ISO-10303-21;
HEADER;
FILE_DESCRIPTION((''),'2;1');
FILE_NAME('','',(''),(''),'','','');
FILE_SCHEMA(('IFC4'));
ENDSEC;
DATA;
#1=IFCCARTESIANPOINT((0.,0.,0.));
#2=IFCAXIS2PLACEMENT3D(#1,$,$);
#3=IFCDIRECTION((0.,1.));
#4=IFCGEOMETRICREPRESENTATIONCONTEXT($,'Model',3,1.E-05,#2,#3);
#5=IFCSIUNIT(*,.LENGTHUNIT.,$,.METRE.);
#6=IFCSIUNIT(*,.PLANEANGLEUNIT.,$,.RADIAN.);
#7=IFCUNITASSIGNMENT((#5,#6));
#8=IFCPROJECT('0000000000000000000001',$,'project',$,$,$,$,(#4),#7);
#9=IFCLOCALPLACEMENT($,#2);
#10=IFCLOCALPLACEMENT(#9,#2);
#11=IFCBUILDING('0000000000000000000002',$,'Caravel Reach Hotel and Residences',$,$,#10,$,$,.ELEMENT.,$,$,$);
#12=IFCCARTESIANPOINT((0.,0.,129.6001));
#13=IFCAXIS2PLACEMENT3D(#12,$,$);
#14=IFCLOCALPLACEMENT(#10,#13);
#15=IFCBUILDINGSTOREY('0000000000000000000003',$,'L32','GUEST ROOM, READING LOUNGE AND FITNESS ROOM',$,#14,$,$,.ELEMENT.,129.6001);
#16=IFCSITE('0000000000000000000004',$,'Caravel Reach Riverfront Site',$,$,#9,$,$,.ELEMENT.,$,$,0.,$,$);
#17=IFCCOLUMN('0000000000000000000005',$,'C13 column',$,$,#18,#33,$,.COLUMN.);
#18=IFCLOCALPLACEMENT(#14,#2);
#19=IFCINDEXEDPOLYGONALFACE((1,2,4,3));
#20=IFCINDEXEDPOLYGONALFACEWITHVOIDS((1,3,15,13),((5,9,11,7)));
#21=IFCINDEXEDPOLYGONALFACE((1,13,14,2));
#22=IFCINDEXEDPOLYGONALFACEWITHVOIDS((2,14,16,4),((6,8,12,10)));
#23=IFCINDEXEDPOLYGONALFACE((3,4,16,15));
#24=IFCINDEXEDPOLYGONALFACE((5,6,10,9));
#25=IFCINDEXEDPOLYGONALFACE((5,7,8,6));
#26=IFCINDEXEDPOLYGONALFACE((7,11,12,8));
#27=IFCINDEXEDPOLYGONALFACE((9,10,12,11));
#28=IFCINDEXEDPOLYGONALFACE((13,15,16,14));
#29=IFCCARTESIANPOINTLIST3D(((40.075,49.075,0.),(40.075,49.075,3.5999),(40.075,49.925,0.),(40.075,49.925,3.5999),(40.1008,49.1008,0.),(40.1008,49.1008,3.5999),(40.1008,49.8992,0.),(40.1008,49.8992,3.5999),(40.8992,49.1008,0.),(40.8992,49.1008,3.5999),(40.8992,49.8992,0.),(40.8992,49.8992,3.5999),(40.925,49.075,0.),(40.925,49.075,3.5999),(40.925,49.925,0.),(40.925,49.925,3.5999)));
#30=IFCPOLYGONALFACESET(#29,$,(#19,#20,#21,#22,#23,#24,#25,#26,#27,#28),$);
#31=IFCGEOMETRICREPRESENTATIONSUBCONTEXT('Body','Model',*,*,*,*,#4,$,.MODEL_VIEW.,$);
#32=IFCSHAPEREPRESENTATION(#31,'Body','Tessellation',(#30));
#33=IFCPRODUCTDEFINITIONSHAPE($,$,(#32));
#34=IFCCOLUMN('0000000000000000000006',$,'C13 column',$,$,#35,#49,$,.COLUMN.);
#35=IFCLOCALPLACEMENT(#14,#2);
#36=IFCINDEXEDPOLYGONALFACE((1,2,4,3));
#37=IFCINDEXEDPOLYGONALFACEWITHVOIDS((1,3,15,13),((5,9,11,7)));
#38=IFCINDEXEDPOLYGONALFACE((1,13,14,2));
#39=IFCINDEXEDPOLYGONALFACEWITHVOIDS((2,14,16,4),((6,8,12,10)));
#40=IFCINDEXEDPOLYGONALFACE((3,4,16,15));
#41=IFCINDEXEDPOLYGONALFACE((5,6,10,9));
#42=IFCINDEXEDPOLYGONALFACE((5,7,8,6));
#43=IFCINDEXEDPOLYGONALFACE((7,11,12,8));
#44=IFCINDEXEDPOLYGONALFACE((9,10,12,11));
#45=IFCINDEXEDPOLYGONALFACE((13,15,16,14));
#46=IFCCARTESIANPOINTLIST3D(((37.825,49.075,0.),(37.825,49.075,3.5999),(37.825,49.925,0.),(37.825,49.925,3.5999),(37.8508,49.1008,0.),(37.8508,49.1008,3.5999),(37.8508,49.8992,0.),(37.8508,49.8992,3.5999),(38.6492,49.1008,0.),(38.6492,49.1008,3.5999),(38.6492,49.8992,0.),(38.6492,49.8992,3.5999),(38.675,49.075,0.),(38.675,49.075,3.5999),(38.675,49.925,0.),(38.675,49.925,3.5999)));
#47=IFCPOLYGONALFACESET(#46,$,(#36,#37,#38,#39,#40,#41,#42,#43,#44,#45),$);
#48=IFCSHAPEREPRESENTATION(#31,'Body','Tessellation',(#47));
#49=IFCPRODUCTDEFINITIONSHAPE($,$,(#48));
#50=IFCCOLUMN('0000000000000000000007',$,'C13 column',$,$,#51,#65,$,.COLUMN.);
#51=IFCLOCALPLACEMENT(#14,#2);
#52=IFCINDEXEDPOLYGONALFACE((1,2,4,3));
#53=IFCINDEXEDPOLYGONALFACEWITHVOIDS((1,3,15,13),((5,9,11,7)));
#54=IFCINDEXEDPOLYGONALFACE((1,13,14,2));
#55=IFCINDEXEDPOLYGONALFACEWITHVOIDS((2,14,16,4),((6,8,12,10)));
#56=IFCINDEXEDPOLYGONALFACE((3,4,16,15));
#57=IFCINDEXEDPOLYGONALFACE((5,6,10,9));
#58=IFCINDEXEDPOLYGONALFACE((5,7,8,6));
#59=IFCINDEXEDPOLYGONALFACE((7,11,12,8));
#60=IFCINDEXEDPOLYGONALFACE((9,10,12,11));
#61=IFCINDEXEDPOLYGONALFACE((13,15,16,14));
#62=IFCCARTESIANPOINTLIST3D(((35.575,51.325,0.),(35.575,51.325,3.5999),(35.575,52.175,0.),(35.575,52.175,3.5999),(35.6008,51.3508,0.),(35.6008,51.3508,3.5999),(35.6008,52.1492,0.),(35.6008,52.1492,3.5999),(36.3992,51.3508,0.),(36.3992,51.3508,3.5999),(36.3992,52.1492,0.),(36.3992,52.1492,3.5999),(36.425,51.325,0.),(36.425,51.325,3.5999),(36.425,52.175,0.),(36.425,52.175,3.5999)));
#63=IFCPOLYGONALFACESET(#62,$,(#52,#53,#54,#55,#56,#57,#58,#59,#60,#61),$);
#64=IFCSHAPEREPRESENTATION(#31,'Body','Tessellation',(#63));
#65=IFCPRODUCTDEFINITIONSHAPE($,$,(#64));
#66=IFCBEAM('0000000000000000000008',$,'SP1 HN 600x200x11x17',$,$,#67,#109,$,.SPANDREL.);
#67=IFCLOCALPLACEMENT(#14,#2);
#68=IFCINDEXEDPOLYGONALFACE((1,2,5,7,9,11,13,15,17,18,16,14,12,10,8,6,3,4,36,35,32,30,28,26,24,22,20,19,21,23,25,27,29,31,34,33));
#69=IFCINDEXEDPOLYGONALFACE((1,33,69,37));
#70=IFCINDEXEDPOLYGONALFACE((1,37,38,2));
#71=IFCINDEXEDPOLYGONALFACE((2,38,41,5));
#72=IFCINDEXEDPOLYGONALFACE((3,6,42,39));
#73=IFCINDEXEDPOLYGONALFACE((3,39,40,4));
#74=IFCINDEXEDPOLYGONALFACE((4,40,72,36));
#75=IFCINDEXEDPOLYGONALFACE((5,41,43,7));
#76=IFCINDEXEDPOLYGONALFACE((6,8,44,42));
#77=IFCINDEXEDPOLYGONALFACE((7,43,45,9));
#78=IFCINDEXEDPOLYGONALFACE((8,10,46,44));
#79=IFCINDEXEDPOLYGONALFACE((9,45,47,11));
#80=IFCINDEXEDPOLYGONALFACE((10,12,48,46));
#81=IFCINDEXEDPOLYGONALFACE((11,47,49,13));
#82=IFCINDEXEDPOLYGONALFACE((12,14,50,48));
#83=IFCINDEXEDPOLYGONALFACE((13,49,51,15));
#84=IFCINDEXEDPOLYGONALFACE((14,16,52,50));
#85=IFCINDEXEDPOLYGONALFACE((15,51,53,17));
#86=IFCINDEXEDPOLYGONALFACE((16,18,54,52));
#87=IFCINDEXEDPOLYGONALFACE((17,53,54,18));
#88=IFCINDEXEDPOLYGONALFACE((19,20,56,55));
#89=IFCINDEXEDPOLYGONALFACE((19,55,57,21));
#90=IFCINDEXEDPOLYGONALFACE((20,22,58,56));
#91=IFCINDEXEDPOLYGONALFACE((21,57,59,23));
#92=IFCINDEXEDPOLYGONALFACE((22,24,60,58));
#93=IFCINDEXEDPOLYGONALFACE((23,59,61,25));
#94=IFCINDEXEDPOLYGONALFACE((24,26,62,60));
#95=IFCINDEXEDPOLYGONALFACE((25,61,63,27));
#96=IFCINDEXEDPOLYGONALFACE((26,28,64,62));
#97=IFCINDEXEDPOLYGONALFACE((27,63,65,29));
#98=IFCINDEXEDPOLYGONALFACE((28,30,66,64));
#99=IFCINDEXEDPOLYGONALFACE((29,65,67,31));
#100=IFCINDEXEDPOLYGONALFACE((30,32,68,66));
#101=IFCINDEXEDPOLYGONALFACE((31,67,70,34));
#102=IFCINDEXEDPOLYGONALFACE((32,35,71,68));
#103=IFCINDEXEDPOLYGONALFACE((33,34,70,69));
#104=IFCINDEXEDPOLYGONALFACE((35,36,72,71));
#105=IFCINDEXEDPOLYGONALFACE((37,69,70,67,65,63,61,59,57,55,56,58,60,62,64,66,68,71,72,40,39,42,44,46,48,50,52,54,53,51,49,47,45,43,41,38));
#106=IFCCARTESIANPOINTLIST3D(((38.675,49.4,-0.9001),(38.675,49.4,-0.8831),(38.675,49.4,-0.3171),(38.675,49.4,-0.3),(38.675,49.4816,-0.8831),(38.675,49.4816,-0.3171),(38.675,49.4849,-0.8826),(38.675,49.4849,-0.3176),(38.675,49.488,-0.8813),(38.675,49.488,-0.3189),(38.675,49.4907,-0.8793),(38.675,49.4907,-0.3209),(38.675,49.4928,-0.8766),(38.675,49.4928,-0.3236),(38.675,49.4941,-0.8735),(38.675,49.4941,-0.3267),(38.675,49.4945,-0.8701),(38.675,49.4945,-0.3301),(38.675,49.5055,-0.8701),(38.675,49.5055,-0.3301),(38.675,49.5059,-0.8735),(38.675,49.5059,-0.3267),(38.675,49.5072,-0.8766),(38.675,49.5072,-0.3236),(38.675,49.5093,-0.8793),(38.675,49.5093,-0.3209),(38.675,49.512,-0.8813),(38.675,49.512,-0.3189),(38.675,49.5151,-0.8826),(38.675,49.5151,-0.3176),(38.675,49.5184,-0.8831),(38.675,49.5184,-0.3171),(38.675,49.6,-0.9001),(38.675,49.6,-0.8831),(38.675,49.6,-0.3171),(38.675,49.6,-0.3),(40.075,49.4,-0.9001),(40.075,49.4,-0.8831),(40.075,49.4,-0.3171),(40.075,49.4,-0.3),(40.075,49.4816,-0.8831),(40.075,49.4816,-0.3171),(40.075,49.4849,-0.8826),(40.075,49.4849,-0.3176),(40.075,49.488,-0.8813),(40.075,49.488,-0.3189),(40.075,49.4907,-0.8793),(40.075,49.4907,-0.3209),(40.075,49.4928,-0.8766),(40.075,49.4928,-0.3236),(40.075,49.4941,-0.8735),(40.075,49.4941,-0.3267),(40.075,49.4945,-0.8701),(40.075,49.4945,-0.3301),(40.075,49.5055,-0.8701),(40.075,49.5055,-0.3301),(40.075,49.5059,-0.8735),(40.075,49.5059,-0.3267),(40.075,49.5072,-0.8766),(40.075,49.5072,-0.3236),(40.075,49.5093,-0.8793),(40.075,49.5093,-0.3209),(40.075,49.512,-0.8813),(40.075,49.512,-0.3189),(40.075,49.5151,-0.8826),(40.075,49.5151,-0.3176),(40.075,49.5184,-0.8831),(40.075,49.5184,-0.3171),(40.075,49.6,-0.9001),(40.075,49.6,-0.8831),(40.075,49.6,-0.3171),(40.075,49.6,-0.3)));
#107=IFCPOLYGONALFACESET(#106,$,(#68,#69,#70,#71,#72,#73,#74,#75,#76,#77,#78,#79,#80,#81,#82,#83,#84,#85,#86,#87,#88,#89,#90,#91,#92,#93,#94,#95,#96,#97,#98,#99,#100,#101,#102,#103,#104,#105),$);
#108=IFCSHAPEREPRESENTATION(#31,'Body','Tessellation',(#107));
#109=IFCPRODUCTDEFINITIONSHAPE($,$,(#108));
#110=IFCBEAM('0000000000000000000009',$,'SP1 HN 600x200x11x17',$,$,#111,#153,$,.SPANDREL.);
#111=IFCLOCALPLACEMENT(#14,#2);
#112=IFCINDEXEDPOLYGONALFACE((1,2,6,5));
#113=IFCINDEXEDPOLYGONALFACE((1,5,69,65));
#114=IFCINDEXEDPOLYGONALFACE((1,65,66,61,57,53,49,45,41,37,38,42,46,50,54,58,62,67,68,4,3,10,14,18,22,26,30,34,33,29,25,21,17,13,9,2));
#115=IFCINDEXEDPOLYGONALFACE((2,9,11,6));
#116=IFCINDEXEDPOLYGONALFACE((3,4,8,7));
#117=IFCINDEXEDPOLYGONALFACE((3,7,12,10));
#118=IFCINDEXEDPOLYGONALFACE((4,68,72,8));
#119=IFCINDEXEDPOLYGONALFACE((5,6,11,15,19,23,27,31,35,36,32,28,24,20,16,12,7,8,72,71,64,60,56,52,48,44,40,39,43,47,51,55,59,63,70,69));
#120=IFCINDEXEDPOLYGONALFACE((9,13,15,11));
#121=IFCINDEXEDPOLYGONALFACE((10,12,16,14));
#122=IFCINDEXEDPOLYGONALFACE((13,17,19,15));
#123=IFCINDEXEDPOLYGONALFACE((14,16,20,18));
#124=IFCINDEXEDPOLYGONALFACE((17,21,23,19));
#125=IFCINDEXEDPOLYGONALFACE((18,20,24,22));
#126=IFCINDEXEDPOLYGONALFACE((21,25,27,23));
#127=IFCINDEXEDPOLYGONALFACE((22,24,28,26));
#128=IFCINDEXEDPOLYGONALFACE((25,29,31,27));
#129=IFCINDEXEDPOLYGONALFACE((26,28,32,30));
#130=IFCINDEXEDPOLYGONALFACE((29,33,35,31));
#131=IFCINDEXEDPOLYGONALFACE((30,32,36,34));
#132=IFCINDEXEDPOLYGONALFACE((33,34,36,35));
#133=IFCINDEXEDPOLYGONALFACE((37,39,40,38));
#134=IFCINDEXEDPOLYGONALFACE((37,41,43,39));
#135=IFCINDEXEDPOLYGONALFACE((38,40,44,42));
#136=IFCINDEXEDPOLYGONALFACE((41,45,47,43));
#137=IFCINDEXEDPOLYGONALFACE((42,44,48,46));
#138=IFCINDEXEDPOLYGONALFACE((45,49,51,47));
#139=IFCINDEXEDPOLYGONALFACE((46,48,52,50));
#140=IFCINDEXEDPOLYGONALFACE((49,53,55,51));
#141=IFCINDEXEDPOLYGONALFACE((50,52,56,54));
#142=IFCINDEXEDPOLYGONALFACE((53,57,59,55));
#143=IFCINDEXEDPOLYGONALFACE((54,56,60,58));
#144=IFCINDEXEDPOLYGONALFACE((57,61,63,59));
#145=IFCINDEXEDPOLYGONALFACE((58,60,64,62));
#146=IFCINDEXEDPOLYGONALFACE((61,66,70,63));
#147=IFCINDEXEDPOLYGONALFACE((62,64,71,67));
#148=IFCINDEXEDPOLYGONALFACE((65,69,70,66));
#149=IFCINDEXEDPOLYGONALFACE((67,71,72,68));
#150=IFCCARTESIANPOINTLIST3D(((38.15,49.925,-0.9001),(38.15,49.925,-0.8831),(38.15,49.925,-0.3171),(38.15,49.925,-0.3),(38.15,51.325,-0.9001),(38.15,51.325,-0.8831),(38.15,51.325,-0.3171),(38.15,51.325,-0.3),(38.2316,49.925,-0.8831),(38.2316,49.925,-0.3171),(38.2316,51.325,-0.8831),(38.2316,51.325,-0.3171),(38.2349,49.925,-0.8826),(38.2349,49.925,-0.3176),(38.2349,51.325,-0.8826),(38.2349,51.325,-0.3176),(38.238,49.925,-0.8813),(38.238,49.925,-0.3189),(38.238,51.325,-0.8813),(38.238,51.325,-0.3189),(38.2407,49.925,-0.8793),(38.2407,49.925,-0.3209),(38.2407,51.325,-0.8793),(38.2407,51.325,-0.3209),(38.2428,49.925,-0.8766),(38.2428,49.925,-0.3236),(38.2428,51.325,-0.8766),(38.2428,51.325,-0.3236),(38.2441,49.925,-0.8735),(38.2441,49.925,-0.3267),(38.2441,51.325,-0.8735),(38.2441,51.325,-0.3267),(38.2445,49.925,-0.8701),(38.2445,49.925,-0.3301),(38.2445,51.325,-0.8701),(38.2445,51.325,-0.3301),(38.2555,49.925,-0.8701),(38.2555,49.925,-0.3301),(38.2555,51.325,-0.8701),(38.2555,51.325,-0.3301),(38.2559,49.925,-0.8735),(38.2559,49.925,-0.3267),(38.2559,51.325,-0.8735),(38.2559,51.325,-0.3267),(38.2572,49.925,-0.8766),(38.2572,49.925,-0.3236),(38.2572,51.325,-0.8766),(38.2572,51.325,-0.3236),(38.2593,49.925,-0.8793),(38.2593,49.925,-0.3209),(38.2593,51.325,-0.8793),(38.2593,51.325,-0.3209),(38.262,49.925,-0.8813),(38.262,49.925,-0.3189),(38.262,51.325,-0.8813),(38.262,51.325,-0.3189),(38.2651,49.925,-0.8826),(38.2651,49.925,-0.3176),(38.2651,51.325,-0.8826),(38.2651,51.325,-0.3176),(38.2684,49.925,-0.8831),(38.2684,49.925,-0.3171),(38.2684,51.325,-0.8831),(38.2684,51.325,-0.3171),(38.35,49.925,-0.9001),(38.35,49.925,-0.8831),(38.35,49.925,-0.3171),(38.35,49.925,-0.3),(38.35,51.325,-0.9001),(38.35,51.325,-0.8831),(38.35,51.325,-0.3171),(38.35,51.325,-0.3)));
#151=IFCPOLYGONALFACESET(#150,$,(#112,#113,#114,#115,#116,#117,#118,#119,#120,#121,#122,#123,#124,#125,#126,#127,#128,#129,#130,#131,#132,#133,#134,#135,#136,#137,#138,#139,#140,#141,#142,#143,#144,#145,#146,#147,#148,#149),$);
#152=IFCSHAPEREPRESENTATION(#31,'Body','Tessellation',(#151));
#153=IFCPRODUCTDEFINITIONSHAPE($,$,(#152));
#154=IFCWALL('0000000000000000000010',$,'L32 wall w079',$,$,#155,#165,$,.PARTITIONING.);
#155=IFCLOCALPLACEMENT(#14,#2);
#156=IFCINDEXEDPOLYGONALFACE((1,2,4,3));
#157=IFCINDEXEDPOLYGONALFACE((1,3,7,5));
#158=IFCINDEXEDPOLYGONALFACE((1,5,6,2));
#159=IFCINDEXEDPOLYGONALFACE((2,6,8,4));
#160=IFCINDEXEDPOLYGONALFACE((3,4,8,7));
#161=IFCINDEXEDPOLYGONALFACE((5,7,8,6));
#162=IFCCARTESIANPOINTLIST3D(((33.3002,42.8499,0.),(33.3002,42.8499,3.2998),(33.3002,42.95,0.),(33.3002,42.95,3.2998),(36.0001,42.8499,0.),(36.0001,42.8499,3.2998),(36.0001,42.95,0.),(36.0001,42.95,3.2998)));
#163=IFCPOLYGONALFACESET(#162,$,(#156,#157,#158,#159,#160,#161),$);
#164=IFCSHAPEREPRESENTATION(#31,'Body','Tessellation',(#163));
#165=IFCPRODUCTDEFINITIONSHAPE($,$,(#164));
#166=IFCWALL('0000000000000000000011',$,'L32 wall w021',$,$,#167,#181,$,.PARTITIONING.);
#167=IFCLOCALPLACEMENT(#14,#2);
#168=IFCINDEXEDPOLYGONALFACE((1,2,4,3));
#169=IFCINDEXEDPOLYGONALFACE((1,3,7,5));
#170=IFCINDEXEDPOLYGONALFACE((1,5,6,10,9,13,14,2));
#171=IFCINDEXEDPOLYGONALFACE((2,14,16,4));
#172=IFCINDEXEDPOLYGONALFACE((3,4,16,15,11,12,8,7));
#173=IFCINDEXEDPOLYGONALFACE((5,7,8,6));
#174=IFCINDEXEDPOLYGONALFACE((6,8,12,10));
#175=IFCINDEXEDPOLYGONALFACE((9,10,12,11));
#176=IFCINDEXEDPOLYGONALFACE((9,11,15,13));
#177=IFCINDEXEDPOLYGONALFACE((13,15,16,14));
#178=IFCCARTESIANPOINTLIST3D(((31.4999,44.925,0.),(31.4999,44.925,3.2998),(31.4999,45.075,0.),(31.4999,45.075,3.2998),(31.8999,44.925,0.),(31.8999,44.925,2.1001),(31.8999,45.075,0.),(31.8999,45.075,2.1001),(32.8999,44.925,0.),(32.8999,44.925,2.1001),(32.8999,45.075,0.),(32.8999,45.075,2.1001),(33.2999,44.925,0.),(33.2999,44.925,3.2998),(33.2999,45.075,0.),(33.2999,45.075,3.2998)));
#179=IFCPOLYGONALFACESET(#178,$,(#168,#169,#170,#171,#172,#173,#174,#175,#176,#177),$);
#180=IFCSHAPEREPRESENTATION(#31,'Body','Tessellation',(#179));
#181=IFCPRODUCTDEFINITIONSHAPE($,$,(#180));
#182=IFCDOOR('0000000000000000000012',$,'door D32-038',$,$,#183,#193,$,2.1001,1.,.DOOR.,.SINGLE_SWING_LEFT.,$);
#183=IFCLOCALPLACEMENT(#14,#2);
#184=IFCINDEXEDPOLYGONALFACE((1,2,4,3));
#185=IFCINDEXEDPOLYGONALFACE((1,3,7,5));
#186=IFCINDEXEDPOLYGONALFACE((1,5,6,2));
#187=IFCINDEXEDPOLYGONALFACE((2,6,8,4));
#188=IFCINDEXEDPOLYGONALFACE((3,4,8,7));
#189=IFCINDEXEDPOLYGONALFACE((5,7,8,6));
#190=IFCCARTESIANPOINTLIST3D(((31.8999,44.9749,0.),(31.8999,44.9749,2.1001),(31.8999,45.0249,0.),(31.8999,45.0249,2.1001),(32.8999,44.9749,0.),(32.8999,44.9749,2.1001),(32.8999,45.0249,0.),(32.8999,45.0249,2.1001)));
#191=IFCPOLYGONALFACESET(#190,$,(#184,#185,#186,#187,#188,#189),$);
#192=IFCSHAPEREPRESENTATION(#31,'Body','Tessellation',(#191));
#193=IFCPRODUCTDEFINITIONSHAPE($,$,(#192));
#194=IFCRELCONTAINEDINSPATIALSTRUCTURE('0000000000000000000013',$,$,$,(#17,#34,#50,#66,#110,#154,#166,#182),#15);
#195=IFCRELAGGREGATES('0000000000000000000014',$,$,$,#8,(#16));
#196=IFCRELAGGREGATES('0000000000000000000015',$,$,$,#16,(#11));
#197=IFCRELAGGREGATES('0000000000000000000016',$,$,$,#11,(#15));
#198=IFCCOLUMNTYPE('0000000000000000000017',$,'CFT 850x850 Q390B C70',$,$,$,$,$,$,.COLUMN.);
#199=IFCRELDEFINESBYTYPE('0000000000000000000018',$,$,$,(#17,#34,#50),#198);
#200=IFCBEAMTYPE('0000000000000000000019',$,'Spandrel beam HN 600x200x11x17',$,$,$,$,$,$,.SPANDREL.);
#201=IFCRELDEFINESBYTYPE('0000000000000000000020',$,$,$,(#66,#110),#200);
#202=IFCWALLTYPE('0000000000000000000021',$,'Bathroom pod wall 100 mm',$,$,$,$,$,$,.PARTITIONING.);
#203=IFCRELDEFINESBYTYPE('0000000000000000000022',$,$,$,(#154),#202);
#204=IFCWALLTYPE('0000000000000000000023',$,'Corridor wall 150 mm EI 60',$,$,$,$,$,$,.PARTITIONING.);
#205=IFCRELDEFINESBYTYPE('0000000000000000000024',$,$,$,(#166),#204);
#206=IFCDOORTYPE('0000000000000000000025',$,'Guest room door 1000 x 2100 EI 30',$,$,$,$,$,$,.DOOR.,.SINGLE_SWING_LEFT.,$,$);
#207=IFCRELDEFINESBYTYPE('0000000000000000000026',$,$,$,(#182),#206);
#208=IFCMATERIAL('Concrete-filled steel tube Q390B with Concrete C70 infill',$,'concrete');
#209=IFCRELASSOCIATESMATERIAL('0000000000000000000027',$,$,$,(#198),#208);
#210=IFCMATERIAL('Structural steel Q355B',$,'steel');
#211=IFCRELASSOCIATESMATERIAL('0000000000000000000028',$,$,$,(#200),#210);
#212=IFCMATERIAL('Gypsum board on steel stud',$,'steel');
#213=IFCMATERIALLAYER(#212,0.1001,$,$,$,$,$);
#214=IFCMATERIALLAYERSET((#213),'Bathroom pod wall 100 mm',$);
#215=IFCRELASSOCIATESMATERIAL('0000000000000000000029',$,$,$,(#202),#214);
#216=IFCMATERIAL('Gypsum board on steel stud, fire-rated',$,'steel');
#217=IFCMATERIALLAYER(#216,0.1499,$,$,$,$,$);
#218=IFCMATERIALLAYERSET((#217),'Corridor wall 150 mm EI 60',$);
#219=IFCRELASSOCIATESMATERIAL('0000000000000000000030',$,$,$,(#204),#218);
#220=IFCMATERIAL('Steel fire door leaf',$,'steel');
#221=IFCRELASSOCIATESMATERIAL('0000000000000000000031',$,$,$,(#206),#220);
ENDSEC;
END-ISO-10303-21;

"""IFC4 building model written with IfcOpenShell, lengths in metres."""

from ifc_helpers import new_model, si_unit, direction, frame, frame_2d, origin, origin_2d, place, context, subcontext, project, spatial, rectangle, hollow_rectangle, i_section, extrude, material, layer, layer_set, material_profile, profile_set, type_object, element, fill, save


model = new_model("IFC4")

# Units and contexts
model_context = context("Model", 3, precision=1e-05, world=origin(), true_north=direction((0.0, 1.0)))
body_context = subcontext(model_context, "Body", "Model", "MODEL_VIEW")
ifc_project = project(units=[si_unit("LENGTHUNIT", "METRE"), si_unit("PLANEANGLEUNIT", "RADIAN")], contexts=[model_context])

# Site, building, storey
site_placement = place(None, origin())
site = spatial("IfcSite", under=ifc_project, at=site_placement, Name="Caravel Reach Riverfront Site", CompositionType="ELEMENT", RefElevation=0.0)
building_placement = place(site_placement, origin())
building = spatial("IfcBuilding", under=site, at=building_placement, Name="Caravel Reach Hotel and Residences", CompositionType="ELEMENT")
storey_placement = place(building_placement, frame((0.0, 0.0, 129.6001)))
storey = spatial("IfcBuildingStorey", under=building, at=storey_placement, Name="L32", Description="GUEST ROOM, READING LOUNGE AND FITNESS ROOM", CompositionType="ELEMENT", Elevation=129.6001)

# Columns
ifc_material_1 = material(Name="Concrete-filled steel tube Q390B with Concrete C70 infill", Category="concrete")
ifc_material_profile_1 = material_profile(ifc_material_1, hollow_rectangle(XDim=0.8501, YDim=0.8501, WallThickness=0.0259, at=origin_2d()), Name="RHS 850x850x26")
ifc_profile_set_1 = profile_set([ifc_material_profile_1], Name="Concrete-filled steel tube Q390B with Concrete C70 infill")
column_type = type_object("IfcColumnType", Name="CFT 850x850 Q390B C70", PredefinedType="COLUMN", material=ifc_profile_set_1)
for number, where, z_axis, x_axis, name in (
    (1, (40.5, 49.5, 0.0), (0.0, 0.0, 1.0), (1.0, 0.0, 0.0), "C13 column"),
    (2, (38.25, 49.5, 0.0), (0.0, 0.0, 1.0), (1.0, 0.0, 0.0), "C13 column"),
    (3, (36.0, 51.75, 0.0), (0.0, 0.0, 1.0), (1.0, 0.0, 0.0), "C13 column"),
):
    element("IfcColumn", number, at=place(storey_placement, frame(where, z_axis=z_axis, x_axis=x_axis)), inside=storey, type_object=column_type, Name=name, PredefinedType="COLUMN", context=body_context, shape_type="SweptSolid", body=[
        extrude(hollow_rectangle(XDim=0.8501, YDim=0.8501, WallThickness=0.0259, at=origin_2d()), origin(), (0.0, 0.0, 1.0), 3.5999),
    ])

# Beams
ifc_material_2 = material(Name="Structural steel Q355B", Category="steel")
ifc_material_profile_2 = material_profile(ifc_material_2, i_section(OverallWidth=0.2, OverallDepth=0.6001, WebThickness=0.011, FlangeThickness=0.0171, FilletRadius=0.0129, at=origin_2d()), Name="HN 600x200x11x17")
ifc_profile_set_2 = profile_set([ifc_material_profile_2], Name="Structural steel Q355B")
beam_type = type_object("IfcBeamType", Name="Spandrel beam HN 600x200x11x17", PredefinedType="SPANDREL", material=ifc_profile_set_2)
for number, where, z_axis, x_axis, name in (
    (4, (40.075, 49.5, -0.6001), (-1.0, 0.0, 0.0), (0.0, -1.0, 0.0), "SP1 HN 600x200x11x17"),
    (5, (38.25, 49.925, -0.6001), (0.0, 1.0, 0.0), (-1.0, 0.0, 0.0), "SP1 HN 600x200x11x17"),
):
    element("IfcBeam", number, at=place(storey_placement, frame(where, z_axis=z_axis, x_axis=x_axis)), inside=storey, type_object=beam_type, Name=name, PredefinedType="SPANDREL", context=body_context, shape_type="SweptSolid", body=[
        extrude(i_section(OverallWidth=0.2, OverallDepth=0.6001, WebThickness=0.011, FlangeThickness=0.0171, FilletRadius=0.0129, at=origin_2d()), origin(), (0.0, 0.0, 1.0), 1.3999),
    ])

# Wall
ifc_material_3 = material(Name="Gypsum board on steel stud", Category="steel")
ifc_layer_1 = layer(ifc_material_3, 0.1001)
ifc_layer_set_1 = layer_set([ifc_layer_1], Name="Bathroom pod wall 100 mm")
wall_type_1 = type_object("IfcWallType", Name="Bathroom pod wall 100 mm", PredefinedType="PARTITIONING", material=ifc_layer_set_1)
wall_1_placement = place(storey_placement, frame((33.3, 42.8999, 0.0), z_axis=(0.0, 0.0, 1.0), x_axis=(1.0, 0.0, 0.0)))
element("IfcWall", 6, at=wall_1_placement, inside=storey, type_object=wall_type_1, Name="L32 wall w079", PredefinedType="PARTITIONING", context=body_context, shape_type="SweptSolid", body=[
    extrude(rectangle(XDim=2.7, YDim=0.1001, at=frame_2d((1.3501, 0.0))), origin(), (0.0, 0.0, 1.0), 3.2998),
])

# Wall, opening, door
ifc_material_4 = material(Name="Gypsum board on steel stud, fire-rated", Category="steel")
ifc_layer_2 = layer(ifc_material_4, 0.1499)
ifc_layer_set_2 = layer_set([ifc_layer_2], Name="Corridor wall 150 mm EI 60")
wall_type_2 = type_object("IfcWallType", Name="Corridor wall 150 mm EI 60", PredefinedType="PARTITIONING", material=ifc_layer_set_2)
wall_2_placement = place(storey_placement, frame((31.5, 45.0, 0.0), z_axis=(0.0, 0.0, 1.0), x_axis=(1.0, 0.0, 0.0)))
wall_2 = element("IfcWall", 7, at=wall_2_placement, inside=storey, type_object=wall_type_2, Name="L32 wall w021", PredefinedType="PARTITIONING", context=body_context, shape_type="SweptSolid", body=[
    extrude(rectangle(XDim=1.8, YDim=0.1499, at=frame_2d((0.8999, 0.0))), origin(), (0.0, 0.0, 1.0), 3.2998),
])
opening_1_placement = place(wall_2_placement, frame((0.3999, 0.0, 0.0)))
opening_1 = element("IfcOpeningElement", 8, at=opening_1_placement, cuts=wall_2, PredefinedType="OPENING", context=body_context, shape_type="SweptSolid", body=[
    extrude(rectangle(XDim=1.0, YDim=2.1001, at=frame_2d((0.5, 1.05))), frame((0.0, 0.085, 0.0), z_axis=(0.0, -1.0, 0.0), x_axis=(1.0, 0.0, 0.0)), (0.0, 0.0, 1.0), 0.1699),
])
ifc_material_5 = material(Name="Steel fire door leaf", Category="steel")
door_type = type_object("IfcDoorType", Name="Guest room door 1000 x 2100 EI 30", OperationType="SINGLE_SWING_LEFT", PredefinedType="DOOR", material=ifc_material_5)
door_placement = place(opening_1_placement, origin())
door = element("IfcDoor", 9, at=door_placement, inside=storey, type_object=door_type, Name="door D32-038", OperationType="SINGLE_SWING_LEFT", OverallHeight=2.1001, OverallWidth=1.0, PredefinedType="DOOR", context=body_context, shape_type="SweptSolid", body=[
    extrude(rectangle(XDim=1.0, YDim=2.1001, at=frame_2d((0.5, 1.05))), frame((0.0, 0.0249, 0.0), z_axis=(0.0, -1.0, 0.0), x_axis=(1.0, 0.0, 0.0)), (0.0, 0.0, 1.0), 0.05),
])
fill(opening_1, door)

save(model, "model.ifc")
